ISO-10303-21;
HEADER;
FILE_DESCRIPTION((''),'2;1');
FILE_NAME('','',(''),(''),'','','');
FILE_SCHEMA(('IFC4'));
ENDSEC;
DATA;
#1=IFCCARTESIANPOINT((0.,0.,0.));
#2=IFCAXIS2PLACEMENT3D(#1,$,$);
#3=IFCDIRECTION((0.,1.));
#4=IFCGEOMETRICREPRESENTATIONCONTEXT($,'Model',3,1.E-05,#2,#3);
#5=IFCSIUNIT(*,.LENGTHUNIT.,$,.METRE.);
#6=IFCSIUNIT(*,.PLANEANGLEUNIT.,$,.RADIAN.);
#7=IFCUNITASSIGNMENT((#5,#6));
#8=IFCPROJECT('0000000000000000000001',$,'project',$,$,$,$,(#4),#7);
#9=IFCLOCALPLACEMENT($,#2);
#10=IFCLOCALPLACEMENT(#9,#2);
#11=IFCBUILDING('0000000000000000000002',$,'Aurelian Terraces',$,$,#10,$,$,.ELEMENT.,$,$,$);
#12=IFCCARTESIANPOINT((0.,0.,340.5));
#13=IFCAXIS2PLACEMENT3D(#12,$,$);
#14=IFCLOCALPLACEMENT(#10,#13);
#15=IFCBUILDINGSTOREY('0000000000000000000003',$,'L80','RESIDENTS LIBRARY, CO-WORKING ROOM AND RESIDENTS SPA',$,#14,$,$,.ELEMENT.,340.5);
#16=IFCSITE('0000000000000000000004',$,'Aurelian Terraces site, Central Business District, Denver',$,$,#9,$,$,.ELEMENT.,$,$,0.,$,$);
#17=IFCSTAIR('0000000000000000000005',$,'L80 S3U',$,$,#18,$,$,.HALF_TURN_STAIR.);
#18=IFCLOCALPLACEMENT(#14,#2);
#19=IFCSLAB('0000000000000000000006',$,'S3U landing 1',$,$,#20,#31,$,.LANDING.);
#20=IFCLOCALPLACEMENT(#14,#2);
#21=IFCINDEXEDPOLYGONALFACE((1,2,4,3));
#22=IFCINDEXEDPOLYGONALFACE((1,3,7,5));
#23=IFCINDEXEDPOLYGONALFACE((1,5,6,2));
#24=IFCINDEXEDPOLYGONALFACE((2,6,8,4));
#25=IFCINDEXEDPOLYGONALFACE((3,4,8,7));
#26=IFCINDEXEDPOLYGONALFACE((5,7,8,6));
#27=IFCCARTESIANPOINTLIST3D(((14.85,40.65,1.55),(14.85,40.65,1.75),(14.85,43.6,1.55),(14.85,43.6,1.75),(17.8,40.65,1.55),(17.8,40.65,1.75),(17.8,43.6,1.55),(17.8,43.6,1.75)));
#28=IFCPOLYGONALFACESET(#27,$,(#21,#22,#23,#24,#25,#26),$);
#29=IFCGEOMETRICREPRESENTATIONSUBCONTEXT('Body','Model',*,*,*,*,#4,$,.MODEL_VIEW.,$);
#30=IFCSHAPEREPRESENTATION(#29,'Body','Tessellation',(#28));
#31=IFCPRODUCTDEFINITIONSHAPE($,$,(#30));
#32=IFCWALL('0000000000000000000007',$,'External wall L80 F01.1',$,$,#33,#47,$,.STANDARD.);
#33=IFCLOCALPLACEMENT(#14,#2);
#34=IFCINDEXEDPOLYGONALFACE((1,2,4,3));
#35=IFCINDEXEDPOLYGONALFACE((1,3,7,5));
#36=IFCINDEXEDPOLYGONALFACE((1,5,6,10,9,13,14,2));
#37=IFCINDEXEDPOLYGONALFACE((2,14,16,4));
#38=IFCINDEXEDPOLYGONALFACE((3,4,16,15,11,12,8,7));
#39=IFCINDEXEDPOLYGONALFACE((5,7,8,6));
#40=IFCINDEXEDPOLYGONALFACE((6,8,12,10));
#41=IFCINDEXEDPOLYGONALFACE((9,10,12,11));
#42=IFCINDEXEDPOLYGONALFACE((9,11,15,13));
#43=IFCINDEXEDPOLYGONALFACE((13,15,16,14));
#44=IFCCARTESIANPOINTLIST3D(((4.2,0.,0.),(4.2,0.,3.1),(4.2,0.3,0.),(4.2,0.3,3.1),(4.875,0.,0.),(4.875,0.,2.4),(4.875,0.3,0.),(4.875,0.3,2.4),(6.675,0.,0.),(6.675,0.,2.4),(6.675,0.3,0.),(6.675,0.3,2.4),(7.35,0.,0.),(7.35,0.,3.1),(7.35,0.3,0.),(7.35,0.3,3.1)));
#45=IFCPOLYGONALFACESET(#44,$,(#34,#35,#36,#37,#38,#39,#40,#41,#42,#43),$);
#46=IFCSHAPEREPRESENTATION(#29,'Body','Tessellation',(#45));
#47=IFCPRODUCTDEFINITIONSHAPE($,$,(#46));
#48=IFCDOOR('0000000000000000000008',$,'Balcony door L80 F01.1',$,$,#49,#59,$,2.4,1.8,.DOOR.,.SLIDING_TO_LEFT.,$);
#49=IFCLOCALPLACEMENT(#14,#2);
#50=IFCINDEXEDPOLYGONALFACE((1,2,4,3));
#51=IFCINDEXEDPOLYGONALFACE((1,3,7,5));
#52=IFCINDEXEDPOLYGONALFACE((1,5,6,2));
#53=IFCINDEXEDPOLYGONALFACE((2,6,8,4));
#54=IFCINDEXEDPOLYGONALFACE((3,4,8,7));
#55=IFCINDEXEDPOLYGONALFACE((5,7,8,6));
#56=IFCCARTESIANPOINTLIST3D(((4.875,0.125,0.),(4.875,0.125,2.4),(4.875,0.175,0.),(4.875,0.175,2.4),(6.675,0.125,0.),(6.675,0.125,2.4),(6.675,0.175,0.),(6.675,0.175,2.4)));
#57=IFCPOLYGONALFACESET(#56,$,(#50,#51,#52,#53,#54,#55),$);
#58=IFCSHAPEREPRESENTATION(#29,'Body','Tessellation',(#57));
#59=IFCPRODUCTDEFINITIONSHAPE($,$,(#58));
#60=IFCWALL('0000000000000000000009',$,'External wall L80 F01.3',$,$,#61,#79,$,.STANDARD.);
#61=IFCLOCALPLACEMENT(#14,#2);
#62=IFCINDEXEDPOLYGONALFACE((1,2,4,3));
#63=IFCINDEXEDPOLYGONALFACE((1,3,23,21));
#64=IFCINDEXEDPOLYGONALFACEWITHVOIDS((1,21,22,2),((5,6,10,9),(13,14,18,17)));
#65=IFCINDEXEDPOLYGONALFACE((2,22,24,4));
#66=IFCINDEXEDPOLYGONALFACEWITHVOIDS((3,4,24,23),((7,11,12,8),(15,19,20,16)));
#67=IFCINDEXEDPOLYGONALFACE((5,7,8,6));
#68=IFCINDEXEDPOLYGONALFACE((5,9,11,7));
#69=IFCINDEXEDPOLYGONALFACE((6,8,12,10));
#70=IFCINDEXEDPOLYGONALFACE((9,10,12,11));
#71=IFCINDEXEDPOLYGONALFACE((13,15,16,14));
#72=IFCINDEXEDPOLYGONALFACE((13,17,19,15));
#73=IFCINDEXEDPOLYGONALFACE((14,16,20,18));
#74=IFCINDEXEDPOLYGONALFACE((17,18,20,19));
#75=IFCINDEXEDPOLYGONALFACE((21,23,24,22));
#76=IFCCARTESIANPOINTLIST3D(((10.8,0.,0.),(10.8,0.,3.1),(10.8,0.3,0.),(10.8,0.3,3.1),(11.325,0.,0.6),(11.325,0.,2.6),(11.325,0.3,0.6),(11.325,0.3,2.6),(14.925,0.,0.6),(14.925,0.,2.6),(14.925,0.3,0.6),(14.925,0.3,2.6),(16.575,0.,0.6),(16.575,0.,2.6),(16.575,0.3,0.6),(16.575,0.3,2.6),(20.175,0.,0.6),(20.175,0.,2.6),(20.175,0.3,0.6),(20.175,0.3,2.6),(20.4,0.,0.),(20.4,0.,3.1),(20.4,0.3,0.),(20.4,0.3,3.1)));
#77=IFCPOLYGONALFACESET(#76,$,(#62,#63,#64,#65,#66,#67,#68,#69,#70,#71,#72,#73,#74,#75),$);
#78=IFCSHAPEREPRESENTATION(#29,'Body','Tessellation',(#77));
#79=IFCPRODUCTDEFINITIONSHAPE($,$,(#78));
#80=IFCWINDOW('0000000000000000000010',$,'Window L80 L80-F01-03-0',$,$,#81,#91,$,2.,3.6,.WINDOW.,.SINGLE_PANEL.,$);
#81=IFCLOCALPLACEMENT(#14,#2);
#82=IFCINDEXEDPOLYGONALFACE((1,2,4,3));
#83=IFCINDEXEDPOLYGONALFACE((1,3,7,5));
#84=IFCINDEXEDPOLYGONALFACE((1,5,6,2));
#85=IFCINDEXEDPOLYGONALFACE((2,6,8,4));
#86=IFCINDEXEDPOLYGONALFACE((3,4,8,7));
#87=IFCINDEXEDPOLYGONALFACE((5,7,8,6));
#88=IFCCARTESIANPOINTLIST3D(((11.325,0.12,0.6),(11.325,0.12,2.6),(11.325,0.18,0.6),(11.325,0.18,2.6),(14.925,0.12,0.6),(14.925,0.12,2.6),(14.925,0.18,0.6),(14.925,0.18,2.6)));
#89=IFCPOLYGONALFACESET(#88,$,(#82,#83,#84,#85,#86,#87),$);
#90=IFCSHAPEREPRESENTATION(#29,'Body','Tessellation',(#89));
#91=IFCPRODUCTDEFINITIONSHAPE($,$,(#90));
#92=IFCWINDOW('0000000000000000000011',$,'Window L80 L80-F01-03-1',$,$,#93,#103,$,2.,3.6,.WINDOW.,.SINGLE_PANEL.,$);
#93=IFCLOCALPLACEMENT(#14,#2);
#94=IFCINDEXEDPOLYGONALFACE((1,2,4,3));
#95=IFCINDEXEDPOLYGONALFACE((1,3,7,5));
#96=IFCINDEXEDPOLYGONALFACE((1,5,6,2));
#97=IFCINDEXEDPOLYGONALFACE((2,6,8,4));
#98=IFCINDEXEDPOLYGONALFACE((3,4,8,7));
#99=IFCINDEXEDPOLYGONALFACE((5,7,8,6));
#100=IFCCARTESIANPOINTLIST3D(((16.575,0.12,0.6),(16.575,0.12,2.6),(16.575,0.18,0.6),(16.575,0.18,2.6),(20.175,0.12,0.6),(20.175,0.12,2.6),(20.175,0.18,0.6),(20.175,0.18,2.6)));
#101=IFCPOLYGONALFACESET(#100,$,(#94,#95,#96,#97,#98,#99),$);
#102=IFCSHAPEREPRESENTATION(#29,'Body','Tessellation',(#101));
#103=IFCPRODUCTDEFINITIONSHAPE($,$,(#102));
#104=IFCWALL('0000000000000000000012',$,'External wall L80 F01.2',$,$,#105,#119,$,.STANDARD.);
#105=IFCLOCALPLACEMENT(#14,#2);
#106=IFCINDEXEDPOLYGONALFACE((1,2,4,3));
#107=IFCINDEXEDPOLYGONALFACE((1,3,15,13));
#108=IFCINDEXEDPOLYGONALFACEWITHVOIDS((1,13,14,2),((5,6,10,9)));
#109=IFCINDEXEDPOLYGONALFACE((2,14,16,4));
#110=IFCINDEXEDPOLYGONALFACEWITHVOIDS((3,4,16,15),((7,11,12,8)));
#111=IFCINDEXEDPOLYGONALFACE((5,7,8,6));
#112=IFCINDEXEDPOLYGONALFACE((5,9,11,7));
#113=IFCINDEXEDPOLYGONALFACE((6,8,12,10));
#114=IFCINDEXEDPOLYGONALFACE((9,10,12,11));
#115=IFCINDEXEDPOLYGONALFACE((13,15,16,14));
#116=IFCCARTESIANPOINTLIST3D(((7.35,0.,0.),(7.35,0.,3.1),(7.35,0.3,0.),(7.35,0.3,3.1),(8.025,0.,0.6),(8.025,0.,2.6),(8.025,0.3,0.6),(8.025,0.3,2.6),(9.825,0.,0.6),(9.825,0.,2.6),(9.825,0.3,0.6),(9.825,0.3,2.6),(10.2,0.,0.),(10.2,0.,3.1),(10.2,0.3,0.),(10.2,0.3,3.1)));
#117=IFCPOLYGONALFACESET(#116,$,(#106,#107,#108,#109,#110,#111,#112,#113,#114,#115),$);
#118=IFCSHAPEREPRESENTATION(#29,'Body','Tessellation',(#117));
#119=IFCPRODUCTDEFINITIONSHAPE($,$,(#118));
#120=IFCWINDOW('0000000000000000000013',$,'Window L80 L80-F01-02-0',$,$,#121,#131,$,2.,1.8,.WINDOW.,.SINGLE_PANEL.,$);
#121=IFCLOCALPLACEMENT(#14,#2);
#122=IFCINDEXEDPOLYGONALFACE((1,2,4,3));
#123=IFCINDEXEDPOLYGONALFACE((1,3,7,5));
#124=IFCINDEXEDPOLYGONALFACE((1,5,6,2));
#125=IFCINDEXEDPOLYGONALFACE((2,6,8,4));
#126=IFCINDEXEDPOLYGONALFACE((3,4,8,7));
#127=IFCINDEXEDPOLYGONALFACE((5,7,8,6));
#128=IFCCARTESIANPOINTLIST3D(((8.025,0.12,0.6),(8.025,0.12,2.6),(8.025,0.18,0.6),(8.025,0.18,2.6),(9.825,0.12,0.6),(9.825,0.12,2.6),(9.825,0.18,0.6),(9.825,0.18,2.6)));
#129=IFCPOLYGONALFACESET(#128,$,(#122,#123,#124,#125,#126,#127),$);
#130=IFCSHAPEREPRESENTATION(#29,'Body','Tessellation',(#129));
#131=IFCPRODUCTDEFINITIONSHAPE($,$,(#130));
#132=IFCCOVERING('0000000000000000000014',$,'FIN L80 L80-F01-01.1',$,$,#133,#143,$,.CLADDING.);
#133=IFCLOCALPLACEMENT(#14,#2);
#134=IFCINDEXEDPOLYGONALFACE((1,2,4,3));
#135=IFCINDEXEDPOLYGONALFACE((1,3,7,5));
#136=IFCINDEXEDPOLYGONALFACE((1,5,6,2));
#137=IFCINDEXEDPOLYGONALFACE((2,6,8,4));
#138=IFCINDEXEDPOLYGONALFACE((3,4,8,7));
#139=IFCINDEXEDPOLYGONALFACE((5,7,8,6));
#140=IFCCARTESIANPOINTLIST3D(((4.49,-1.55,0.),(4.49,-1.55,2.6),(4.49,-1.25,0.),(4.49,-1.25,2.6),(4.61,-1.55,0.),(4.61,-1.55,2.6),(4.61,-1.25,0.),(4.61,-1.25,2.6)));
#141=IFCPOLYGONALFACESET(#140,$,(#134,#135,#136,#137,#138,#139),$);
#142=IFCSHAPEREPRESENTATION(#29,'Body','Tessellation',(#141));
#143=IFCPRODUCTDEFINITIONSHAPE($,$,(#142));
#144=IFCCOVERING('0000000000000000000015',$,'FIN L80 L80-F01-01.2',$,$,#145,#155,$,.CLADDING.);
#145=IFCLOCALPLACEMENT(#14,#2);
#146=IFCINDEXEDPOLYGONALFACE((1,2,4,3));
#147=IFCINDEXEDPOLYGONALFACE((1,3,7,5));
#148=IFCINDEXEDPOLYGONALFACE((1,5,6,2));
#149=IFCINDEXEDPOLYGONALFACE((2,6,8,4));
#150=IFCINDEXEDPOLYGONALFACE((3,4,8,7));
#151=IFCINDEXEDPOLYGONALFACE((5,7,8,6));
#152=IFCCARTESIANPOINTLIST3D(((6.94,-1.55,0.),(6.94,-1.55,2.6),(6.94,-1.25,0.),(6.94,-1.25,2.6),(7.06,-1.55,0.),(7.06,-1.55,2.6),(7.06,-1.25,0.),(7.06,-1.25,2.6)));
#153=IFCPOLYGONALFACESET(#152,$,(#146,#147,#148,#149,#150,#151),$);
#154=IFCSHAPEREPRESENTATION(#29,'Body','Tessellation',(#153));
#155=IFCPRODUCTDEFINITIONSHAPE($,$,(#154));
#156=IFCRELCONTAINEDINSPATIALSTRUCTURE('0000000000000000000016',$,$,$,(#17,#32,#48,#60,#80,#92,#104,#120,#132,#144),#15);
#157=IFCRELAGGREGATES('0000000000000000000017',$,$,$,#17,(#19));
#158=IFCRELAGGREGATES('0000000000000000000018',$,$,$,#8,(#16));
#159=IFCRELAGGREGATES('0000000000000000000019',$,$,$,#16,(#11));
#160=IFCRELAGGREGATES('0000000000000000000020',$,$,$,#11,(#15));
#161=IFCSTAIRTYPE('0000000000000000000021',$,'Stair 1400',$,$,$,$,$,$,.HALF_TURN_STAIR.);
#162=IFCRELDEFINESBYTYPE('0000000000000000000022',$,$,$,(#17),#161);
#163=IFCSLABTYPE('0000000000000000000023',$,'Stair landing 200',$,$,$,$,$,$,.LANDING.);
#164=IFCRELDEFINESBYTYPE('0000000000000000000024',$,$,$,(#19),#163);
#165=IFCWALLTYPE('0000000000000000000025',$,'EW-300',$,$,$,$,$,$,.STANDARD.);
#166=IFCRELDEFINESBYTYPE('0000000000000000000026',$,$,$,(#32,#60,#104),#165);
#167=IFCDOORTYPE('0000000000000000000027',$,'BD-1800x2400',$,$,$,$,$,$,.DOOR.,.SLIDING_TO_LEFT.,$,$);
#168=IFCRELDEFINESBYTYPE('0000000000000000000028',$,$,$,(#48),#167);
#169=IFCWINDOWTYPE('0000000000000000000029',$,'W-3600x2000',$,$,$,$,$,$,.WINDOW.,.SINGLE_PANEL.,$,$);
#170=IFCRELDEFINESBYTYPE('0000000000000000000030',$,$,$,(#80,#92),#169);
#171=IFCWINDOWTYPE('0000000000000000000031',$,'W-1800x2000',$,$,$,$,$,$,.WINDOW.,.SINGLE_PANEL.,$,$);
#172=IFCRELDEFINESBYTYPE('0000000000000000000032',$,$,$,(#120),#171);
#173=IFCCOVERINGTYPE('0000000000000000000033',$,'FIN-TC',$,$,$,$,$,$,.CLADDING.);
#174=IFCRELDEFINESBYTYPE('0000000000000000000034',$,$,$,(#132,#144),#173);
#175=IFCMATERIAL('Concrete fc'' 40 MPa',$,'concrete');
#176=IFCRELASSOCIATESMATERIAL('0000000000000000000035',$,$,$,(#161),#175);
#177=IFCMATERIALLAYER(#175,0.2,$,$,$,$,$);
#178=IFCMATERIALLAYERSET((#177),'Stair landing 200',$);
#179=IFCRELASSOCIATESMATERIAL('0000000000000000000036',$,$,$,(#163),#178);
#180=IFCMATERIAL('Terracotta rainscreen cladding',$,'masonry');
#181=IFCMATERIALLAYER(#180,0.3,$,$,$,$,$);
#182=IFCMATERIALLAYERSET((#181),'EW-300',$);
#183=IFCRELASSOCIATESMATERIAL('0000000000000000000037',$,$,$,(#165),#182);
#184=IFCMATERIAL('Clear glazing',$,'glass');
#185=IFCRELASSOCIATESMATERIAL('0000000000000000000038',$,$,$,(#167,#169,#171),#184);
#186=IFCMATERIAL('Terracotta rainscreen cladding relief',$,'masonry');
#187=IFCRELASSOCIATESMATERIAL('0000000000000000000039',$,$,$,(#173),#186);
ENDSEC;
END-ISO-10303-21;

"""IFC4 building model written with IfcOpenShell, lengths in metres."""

from ifc_helpers import new_model, si_unit, direction, frame, frame_2d, origin, origin_2d, place, context, subcontext, project, spatial, polyline, rectangle, outline, extrude, source, transform, mapped, material, layer, layer_set, type_object, element, fill, aggregate, save


model = new_model("IFC4")

# Units and contexts
model_context = context("Model", 3, precision=1e-05, world=origin(), true_north=direction((0.0, 1.0)))
body_context = subcontext(model_context, "Body", "Model", "MODEL_VIEW")
ifc_project = project(units=[si_unit("LENGTHUNIT", "METRE"), si_unit("PLANEANGLEUNIT", "RADIAN")], contexts=[model_context])

# Site, building, storey
site_placement = place(None, origin())
site = spatial("IfcSite", under=ifc_project, at=site_placement, Name="Aurelian Terraces site, Central Business District, Denver", CompositionType="ELEMENT", RefElevation=0.0)
building_placement = place(site_placement, origin())
building = spatial("IfcBuilding", under=site, at=building_placement, Name="Aurelian Terraces", CompositionType="ELEMENT")
storey_placement = place(building_placement, frame((0.0, 0.0, 340.5)))
storey = spatial("IfcBuildingStorey", under=building, at=storey_placement, Name="L80", Description="RESIDENTS LIBRARY, CO-WORKING ROOM AND RESIDENTS SPA", CompositionType="ELEMENT", Elevation=340.5)

# Shared definitions
ifc_material_1 = material(Name="Concrete fc' 40 MPa", Category="concrete")

# Stair, slab
stair_type = type_object("IfcStairType", Name="Stair 1400", PredefinedType="HALF_TURN_STAIR", material=ifc_material_1)
ifc_layer_1 = layer(ifc_material_1, 0.2)
ifc_layer_set_1 = layer_set([ifc_layer_1], Name="Stair landing 200")
slab_type_1 = type_object("IfcSlabType", Name="Stair landing 200", PredefinedType="LANDING", material=ifc_layer_set_1)
stair_1_placement = place(storey_placement, origin())
stair_1 = element("IfcStair", 1, at=stair_1_placement, inside=storey, type_object=stair_type, Name="L80 S3U", PredefinedType="HALF_TURN_STAIR")
shared_shape_1 = source(origin(), body_context, "Body", "SweptSolid", [
    extrude(outline(polyline([(14.85, 40.65), (17.8, 40.65), (17.8, 43.6), (14.85, 43.6), (14.85, 40.65)])), origin(), (0.0, 0.0, 1.0), 0.2),
])
slab_1_placement = place(storey_placement, frame((0.0, 0.0, 1.55)))
slab_1 = element("IfcSlab", 2, at=slab_1_placement, type_object=slab_type_1, Name="S3U landing 1", PredefinedType="LANDING", context=body_context, shape_type="MappedRepresentation", body=[
    mapped(shared_shape_1, transform((0.0, 0.0, 0.0), scale=1.0)),
])
aggregate(stair_1, [slab_1])

# Wall, opening, door
ifc_material_2 = material(Name="Terracotta rainscreen cladding", Category="masonry")
ifc_layer_2 = layer(ifc_material_2, 0.3)
ifc_layer_set_2 = layer_set([ifc_layer_2], Name="EW-300")
wall_type = type_object("IfcWallType", Name="EW-300", PredefinedType="STANDARD", material=ifc_layer_set_2)
shared_shape_2 = source(origin(), body_context, "Body", "SweptSolid", [
    extrude(rectangle(XDim=3.15, YDim=0.3, at=frame_2d((1.575, 0.0))), origin(), (0.0, 0.0, 1.0), 3.1),
])
wall_1_placement = place(storey_placement, frame((4.2, 0.15, 0.0), z_axis=(0.0, 0.0, 1.0), x_axis=(1.0, 0.0, 0.0)))
wall_1 = element("IfcWall", 3, at=wall_1_placement, inside=storey, type_object=wall_type, Name="External wall L80 F01.1", PredefinedType="STANDARD", context=body_context, shape_type="MappedRepresentation", body=[
    mapped(shared_shape_2, transform((0.0, 0.0, 0.0), scale=1.0)),
])
shared_shape_3 = source(origin(), body_context, "Body", "SweptSolid", [
    extrude(rectangle(XDim=1.8, YDim=2.4, at=frame_2d((0.9, 1.2))), frame((0.0, 0.16, 0.0), z_axis=(0.0, -1.0, 0.0), x_axis=(1.0, 0.0, 0.0)), (0.0, 0.0, 1.0), 0.32),
])
opening_1_placement = place(wall_1_placement, frame((0.675, 0.0, 0.0)))
opening_1 = element("IfcOpeningElement", 4, at=opening_1_placement, cuts=wall_1, PredefinedType="OPENING", context=body_context, shape_type="MappedRepresentation", body=[
    mapped(shared_shape_3, transform((0.0, 0.0, 0.0), scale=1.0)),
])
ifc_material_3 = material(Name="Clear glazing", Category="glass")
door_type = type_object("IfcDoorType", Name="BD-1800x2400", OperationType="SLIDING_TO_LEFT", PredefinedType="DOOR", material=ifc_material_3)
shared_shape_4 = source(origin(), body_context, "Body", "SweptSolid", [
    extrude(rectangle(XDim=1.8, YDim=2.4, at=frame_2d((0.9, 1.2))), frame((0.0, 0.025, 0.0), z_axis=(0.0, -1.0, 0.0), x_axis=(1.0, 0.0, 0.0)), (0.0, 0.0, 1.0), 0.05),
])
door_placement = place(opening_1_placement, origin())
door = element("IfcDoor", 5, at=door_placement, inside=storey, type_object=door_type, Name="Balcony door L80 F01.1", OperationType="SLIDING_TO_LEFT", OverallHeight=2.4, OverallWidth=1.8, PredefinedType="DOOR", context=body_context, shape_type="MappedRepresentation", body=[
    mapped(shared_shape_4, transform((0.0, 0.0, 0.0), scale=1.0)),
])
fill(opening_1, door)

# Wall, openings, windows
shared_shape_5 = source(origin(), body_context, "Body", "SweptSolid", [
    extrude(rectangle(XDim=9.6, YDim=0.3, at=frame_2d((4.8, 0.0))), origin(), (0.0, 0.0, 1.0), 3.1),
])
wall_2_placement = place(storey_placement, frame((10.8, 0.15, 0.0), z_axis=(0.0, 0.0, 1.0), x_axis=(1.0, 0.0, 0.0)))
wall_2 = element("IfcWall", 6, at=wall_2_placement, inside=storey, type_object=wall_type, Name="External wall L80 F01.3", PredefinedType="STANDARD", context=body_context, shape_type="MappedRepresentation", body=[
    mapped(shared_shape_5, transform((0.0, 0.0, 0.0), scale=1.0)),
])
shared_shape_6 = source(origin(), body_context, "Body", "SweptSolid", [
    extrude(rectangle(XDim=3.6, YDim=2.0, at=frame_2d((1.8, 1.0))), frame((0.0, 0.16, 0.0), z_axis=(0.0, -1.0, 0.0), x_axis=(1.0, 0.0, 0.0)), (0.0, 0.0, 1.0), 0.32),
])
opening_2_placement = place(wall_2_placement, frame((0.525, 0.0, 0.6)))
opening_2 = element("IfcOpeningElement", 7, at=opening_2_placement, cuts=wall_2, PredefinedType="OPENING", context=body_context, shape_type="MappedRepresentation", body=[
    mapped(shared_shape_6, transform((0.0, 0.0, 0.0), scale=1.0)),
])
opening_3_placement = place(wall_2_placement, frame((5.775, 0.0, 0.6)))
opening_3 = element("IfcOpeningElement", 8, at=opening_3_placement, cuts=wall_2, PredefinedType="OPENING", context=body_context, shape_type="MappedRepresentation", body=[
    mapped(shared_shape_6, transform((0.0, 0.0, 0.0), scale=1.0)),
])
window_type_1 = type_object("IfcWindowType", Name="W-3600x2000", PartitioningType="SINGLE_PANEL", PredefinedType="WINDOW", material=ifc_material_3)
shared_shape_7 = source(origin(), body_context, "Body", "SweptSolid", [
    extrude(rectangle(XDim=3.6, YDim=2.0, at=frame_2d((1.8, 1.0))), frame((0.0, 0.03, 0.0), z_axis=(0.0, -1.0, 0.0), x_axis=(1.0, 0.0, 0.0)), (0.0, 0.0, 1.0), 0.06),
])
window_1_placement = place(opening_2_placement, origin())
window_1 = element("IfcWindow", 9, at=window_1_placement, inside=storey, type_object=window_type_1, Name="Window L80 L80-F01-03-0", OverallHeight=2.0, OverallWidth=3.6, PartitioningType="SINGLE_PANEL", PredefinedType="WINDOW", context=body_context, shape_type="MappedRepresentation", body=[
    mapped(shared_shape_7, transform((0.0, 0.0, 0.0), scale=1.0)),
])
fill(opening_2, window_1)
window_2_placement = place(opening_3_placement, origin())
window_2 = element("IfcWindow", 10, at=window_2_placement, inside=storey, type_object=window_type_1, Name="Window L80 L80-F01-03-1", OverallHeight=2.0, OverallWidth=3.6, PartitioningType="SINGLE_PANEL", PredefinedType="WINDOW", context=body_context, shape_type="MappedRepresentation", body=[
    mapped(shared_shape_7, transform((0.0, 0.0, 0.0), scale=1.0)),
])
fill(opening_3, window_2)

# Wall, opening, window
shared_shape_8 = source(origin(), body_context, "Body", "SweptSolid", [
    extrude(rectangle(XDim=2.85, YDim=0.3, at=frame_2d((1.425, 0.0))), origin(), (0.0, 0.0, 1.0), 3.1),
])
wall_3_placement = place(storey_placement, frame((7.35, 0.15, 0.0), z_axis=(0.0, 0.0, 1.0), x_axis=(1.0, 0.0, 0.0)))
wall_3 = element("IfcWall", 11, at=wall_3_placement, inside=storey, type_object=wall_type, Name="External wall L80 F01.2", PredefinedType="STANDARD", context=body_context, shape_type="MappedRepresentation", body=[
    mapped(shared_shape_8, transform((0.0, 0.0, 0.0), scale=1.0)),
])
shared_shape_9 = source(origin(), body_context, "Body", "SweptSolid", [
    extrude(rectangle(XDim=1.8, YDim=2.0, at=frame_2d((0.9, 1.0))), frame((0.0, 0.16, 0.0), z_axis=(0.0, -1.0, 0.0), x_axis=(1.0, 0.0, 0.0)), (0.0, 0.0, 1.0), 0.32),
])
opening_4_placement = place(wall_3_placement, frame((0.675, 0.0, 0.6)))
opening_4 = element("IfcOpeningElement", 12, at=opening_4_placement, cuts=wall_3, PredefinedType="OPENING", context=body_context, shape_type="MappedRepresentation", body=[
    mapped(shared_shape_9, transform((0.0, 0.0, 0.0), scale=1.0)),
])
window_type_2 = type_object("IfcWindowType", Name="W-1800x2000", PartitioningType="SINGLE_PANEL", PredefinedType="WINDOW", material=ifc_material_3)
shared_shape_10 = source(origin(), body_context, "Body", "SweptSolid", [
    extrude(rectangle(XDim=1.8, YDim=2.0, at=frame_2d((0.9, 1.0))), frame((0.0, 0.03, 0.0), z_axis=(0.0, -1.0, 0.0), x_axis=(1.0, 0.0, 0.0)), (0.0, 0.0, 1.0), 0.06),
])
window_3_placement = place(opening_4_placement, origin())
window_3 = element("IfcWindow", 13, at=window_3_placement, inside=storey, type_object=window_type_2, Name="Window L80 L80-F01-02-0", OverallHeight=2.0, OverallWidth=1.8, PartitioningType="SINGLE_PANEL", PredefinedType="WINDOW", context=body_context, shape_type="MappedRepresentation", body=[
    mapped(shared_shape_10, transform((0.0, 0.0, 0.0), scale=1.0)),
])
fill(opening_4, window_3)

# Coverings
ifc_material_4 = material(Name="Terracotta rainscreen cladding relief", Category="masonry")
covering_type_1 = type_object("IfcCoveringType", Name="FIN-TC", PredefinedType="CLADDING", material=ifc_material_4)
shared_shape_11 = source(origin(), body_context, "Body", "SweptSolid", [
    extrude(rectangle(XDim=0.12, YDim=0.3, at=origin_2d()), origin(), (0.0, 0.0, 1.0), 2.6),
])
for number, where, z_axis, x_axis, name in (
    (14, (4.55, -1.4, 0.0), (0.0, 0.0, 1.0), (1.0, 0.0, 0.0), "FIN L80 L80-F01-01.1"),
    (15, (7.0, -1.4, 0.0), (0.0, 0.0, 1.0), (1.0, 0.0, 0.0), "FIN L80 L80-F01-01.2"),
):
    element("IfcCovering", number, at=place(storey_placement, frame(where, z_axis=z_axis, x_axis=x_axis)), inside=storey, type_object=covering_type_1, Name=name, PredefinedType="CLADDING", context=body_context, shape_type="MappedRepresentation", body=[
        mapped(shared_shape_11, transform((0.0, 0.0, 0.0), scale=1.0)),
    ])

save(model, "model.ifc")
